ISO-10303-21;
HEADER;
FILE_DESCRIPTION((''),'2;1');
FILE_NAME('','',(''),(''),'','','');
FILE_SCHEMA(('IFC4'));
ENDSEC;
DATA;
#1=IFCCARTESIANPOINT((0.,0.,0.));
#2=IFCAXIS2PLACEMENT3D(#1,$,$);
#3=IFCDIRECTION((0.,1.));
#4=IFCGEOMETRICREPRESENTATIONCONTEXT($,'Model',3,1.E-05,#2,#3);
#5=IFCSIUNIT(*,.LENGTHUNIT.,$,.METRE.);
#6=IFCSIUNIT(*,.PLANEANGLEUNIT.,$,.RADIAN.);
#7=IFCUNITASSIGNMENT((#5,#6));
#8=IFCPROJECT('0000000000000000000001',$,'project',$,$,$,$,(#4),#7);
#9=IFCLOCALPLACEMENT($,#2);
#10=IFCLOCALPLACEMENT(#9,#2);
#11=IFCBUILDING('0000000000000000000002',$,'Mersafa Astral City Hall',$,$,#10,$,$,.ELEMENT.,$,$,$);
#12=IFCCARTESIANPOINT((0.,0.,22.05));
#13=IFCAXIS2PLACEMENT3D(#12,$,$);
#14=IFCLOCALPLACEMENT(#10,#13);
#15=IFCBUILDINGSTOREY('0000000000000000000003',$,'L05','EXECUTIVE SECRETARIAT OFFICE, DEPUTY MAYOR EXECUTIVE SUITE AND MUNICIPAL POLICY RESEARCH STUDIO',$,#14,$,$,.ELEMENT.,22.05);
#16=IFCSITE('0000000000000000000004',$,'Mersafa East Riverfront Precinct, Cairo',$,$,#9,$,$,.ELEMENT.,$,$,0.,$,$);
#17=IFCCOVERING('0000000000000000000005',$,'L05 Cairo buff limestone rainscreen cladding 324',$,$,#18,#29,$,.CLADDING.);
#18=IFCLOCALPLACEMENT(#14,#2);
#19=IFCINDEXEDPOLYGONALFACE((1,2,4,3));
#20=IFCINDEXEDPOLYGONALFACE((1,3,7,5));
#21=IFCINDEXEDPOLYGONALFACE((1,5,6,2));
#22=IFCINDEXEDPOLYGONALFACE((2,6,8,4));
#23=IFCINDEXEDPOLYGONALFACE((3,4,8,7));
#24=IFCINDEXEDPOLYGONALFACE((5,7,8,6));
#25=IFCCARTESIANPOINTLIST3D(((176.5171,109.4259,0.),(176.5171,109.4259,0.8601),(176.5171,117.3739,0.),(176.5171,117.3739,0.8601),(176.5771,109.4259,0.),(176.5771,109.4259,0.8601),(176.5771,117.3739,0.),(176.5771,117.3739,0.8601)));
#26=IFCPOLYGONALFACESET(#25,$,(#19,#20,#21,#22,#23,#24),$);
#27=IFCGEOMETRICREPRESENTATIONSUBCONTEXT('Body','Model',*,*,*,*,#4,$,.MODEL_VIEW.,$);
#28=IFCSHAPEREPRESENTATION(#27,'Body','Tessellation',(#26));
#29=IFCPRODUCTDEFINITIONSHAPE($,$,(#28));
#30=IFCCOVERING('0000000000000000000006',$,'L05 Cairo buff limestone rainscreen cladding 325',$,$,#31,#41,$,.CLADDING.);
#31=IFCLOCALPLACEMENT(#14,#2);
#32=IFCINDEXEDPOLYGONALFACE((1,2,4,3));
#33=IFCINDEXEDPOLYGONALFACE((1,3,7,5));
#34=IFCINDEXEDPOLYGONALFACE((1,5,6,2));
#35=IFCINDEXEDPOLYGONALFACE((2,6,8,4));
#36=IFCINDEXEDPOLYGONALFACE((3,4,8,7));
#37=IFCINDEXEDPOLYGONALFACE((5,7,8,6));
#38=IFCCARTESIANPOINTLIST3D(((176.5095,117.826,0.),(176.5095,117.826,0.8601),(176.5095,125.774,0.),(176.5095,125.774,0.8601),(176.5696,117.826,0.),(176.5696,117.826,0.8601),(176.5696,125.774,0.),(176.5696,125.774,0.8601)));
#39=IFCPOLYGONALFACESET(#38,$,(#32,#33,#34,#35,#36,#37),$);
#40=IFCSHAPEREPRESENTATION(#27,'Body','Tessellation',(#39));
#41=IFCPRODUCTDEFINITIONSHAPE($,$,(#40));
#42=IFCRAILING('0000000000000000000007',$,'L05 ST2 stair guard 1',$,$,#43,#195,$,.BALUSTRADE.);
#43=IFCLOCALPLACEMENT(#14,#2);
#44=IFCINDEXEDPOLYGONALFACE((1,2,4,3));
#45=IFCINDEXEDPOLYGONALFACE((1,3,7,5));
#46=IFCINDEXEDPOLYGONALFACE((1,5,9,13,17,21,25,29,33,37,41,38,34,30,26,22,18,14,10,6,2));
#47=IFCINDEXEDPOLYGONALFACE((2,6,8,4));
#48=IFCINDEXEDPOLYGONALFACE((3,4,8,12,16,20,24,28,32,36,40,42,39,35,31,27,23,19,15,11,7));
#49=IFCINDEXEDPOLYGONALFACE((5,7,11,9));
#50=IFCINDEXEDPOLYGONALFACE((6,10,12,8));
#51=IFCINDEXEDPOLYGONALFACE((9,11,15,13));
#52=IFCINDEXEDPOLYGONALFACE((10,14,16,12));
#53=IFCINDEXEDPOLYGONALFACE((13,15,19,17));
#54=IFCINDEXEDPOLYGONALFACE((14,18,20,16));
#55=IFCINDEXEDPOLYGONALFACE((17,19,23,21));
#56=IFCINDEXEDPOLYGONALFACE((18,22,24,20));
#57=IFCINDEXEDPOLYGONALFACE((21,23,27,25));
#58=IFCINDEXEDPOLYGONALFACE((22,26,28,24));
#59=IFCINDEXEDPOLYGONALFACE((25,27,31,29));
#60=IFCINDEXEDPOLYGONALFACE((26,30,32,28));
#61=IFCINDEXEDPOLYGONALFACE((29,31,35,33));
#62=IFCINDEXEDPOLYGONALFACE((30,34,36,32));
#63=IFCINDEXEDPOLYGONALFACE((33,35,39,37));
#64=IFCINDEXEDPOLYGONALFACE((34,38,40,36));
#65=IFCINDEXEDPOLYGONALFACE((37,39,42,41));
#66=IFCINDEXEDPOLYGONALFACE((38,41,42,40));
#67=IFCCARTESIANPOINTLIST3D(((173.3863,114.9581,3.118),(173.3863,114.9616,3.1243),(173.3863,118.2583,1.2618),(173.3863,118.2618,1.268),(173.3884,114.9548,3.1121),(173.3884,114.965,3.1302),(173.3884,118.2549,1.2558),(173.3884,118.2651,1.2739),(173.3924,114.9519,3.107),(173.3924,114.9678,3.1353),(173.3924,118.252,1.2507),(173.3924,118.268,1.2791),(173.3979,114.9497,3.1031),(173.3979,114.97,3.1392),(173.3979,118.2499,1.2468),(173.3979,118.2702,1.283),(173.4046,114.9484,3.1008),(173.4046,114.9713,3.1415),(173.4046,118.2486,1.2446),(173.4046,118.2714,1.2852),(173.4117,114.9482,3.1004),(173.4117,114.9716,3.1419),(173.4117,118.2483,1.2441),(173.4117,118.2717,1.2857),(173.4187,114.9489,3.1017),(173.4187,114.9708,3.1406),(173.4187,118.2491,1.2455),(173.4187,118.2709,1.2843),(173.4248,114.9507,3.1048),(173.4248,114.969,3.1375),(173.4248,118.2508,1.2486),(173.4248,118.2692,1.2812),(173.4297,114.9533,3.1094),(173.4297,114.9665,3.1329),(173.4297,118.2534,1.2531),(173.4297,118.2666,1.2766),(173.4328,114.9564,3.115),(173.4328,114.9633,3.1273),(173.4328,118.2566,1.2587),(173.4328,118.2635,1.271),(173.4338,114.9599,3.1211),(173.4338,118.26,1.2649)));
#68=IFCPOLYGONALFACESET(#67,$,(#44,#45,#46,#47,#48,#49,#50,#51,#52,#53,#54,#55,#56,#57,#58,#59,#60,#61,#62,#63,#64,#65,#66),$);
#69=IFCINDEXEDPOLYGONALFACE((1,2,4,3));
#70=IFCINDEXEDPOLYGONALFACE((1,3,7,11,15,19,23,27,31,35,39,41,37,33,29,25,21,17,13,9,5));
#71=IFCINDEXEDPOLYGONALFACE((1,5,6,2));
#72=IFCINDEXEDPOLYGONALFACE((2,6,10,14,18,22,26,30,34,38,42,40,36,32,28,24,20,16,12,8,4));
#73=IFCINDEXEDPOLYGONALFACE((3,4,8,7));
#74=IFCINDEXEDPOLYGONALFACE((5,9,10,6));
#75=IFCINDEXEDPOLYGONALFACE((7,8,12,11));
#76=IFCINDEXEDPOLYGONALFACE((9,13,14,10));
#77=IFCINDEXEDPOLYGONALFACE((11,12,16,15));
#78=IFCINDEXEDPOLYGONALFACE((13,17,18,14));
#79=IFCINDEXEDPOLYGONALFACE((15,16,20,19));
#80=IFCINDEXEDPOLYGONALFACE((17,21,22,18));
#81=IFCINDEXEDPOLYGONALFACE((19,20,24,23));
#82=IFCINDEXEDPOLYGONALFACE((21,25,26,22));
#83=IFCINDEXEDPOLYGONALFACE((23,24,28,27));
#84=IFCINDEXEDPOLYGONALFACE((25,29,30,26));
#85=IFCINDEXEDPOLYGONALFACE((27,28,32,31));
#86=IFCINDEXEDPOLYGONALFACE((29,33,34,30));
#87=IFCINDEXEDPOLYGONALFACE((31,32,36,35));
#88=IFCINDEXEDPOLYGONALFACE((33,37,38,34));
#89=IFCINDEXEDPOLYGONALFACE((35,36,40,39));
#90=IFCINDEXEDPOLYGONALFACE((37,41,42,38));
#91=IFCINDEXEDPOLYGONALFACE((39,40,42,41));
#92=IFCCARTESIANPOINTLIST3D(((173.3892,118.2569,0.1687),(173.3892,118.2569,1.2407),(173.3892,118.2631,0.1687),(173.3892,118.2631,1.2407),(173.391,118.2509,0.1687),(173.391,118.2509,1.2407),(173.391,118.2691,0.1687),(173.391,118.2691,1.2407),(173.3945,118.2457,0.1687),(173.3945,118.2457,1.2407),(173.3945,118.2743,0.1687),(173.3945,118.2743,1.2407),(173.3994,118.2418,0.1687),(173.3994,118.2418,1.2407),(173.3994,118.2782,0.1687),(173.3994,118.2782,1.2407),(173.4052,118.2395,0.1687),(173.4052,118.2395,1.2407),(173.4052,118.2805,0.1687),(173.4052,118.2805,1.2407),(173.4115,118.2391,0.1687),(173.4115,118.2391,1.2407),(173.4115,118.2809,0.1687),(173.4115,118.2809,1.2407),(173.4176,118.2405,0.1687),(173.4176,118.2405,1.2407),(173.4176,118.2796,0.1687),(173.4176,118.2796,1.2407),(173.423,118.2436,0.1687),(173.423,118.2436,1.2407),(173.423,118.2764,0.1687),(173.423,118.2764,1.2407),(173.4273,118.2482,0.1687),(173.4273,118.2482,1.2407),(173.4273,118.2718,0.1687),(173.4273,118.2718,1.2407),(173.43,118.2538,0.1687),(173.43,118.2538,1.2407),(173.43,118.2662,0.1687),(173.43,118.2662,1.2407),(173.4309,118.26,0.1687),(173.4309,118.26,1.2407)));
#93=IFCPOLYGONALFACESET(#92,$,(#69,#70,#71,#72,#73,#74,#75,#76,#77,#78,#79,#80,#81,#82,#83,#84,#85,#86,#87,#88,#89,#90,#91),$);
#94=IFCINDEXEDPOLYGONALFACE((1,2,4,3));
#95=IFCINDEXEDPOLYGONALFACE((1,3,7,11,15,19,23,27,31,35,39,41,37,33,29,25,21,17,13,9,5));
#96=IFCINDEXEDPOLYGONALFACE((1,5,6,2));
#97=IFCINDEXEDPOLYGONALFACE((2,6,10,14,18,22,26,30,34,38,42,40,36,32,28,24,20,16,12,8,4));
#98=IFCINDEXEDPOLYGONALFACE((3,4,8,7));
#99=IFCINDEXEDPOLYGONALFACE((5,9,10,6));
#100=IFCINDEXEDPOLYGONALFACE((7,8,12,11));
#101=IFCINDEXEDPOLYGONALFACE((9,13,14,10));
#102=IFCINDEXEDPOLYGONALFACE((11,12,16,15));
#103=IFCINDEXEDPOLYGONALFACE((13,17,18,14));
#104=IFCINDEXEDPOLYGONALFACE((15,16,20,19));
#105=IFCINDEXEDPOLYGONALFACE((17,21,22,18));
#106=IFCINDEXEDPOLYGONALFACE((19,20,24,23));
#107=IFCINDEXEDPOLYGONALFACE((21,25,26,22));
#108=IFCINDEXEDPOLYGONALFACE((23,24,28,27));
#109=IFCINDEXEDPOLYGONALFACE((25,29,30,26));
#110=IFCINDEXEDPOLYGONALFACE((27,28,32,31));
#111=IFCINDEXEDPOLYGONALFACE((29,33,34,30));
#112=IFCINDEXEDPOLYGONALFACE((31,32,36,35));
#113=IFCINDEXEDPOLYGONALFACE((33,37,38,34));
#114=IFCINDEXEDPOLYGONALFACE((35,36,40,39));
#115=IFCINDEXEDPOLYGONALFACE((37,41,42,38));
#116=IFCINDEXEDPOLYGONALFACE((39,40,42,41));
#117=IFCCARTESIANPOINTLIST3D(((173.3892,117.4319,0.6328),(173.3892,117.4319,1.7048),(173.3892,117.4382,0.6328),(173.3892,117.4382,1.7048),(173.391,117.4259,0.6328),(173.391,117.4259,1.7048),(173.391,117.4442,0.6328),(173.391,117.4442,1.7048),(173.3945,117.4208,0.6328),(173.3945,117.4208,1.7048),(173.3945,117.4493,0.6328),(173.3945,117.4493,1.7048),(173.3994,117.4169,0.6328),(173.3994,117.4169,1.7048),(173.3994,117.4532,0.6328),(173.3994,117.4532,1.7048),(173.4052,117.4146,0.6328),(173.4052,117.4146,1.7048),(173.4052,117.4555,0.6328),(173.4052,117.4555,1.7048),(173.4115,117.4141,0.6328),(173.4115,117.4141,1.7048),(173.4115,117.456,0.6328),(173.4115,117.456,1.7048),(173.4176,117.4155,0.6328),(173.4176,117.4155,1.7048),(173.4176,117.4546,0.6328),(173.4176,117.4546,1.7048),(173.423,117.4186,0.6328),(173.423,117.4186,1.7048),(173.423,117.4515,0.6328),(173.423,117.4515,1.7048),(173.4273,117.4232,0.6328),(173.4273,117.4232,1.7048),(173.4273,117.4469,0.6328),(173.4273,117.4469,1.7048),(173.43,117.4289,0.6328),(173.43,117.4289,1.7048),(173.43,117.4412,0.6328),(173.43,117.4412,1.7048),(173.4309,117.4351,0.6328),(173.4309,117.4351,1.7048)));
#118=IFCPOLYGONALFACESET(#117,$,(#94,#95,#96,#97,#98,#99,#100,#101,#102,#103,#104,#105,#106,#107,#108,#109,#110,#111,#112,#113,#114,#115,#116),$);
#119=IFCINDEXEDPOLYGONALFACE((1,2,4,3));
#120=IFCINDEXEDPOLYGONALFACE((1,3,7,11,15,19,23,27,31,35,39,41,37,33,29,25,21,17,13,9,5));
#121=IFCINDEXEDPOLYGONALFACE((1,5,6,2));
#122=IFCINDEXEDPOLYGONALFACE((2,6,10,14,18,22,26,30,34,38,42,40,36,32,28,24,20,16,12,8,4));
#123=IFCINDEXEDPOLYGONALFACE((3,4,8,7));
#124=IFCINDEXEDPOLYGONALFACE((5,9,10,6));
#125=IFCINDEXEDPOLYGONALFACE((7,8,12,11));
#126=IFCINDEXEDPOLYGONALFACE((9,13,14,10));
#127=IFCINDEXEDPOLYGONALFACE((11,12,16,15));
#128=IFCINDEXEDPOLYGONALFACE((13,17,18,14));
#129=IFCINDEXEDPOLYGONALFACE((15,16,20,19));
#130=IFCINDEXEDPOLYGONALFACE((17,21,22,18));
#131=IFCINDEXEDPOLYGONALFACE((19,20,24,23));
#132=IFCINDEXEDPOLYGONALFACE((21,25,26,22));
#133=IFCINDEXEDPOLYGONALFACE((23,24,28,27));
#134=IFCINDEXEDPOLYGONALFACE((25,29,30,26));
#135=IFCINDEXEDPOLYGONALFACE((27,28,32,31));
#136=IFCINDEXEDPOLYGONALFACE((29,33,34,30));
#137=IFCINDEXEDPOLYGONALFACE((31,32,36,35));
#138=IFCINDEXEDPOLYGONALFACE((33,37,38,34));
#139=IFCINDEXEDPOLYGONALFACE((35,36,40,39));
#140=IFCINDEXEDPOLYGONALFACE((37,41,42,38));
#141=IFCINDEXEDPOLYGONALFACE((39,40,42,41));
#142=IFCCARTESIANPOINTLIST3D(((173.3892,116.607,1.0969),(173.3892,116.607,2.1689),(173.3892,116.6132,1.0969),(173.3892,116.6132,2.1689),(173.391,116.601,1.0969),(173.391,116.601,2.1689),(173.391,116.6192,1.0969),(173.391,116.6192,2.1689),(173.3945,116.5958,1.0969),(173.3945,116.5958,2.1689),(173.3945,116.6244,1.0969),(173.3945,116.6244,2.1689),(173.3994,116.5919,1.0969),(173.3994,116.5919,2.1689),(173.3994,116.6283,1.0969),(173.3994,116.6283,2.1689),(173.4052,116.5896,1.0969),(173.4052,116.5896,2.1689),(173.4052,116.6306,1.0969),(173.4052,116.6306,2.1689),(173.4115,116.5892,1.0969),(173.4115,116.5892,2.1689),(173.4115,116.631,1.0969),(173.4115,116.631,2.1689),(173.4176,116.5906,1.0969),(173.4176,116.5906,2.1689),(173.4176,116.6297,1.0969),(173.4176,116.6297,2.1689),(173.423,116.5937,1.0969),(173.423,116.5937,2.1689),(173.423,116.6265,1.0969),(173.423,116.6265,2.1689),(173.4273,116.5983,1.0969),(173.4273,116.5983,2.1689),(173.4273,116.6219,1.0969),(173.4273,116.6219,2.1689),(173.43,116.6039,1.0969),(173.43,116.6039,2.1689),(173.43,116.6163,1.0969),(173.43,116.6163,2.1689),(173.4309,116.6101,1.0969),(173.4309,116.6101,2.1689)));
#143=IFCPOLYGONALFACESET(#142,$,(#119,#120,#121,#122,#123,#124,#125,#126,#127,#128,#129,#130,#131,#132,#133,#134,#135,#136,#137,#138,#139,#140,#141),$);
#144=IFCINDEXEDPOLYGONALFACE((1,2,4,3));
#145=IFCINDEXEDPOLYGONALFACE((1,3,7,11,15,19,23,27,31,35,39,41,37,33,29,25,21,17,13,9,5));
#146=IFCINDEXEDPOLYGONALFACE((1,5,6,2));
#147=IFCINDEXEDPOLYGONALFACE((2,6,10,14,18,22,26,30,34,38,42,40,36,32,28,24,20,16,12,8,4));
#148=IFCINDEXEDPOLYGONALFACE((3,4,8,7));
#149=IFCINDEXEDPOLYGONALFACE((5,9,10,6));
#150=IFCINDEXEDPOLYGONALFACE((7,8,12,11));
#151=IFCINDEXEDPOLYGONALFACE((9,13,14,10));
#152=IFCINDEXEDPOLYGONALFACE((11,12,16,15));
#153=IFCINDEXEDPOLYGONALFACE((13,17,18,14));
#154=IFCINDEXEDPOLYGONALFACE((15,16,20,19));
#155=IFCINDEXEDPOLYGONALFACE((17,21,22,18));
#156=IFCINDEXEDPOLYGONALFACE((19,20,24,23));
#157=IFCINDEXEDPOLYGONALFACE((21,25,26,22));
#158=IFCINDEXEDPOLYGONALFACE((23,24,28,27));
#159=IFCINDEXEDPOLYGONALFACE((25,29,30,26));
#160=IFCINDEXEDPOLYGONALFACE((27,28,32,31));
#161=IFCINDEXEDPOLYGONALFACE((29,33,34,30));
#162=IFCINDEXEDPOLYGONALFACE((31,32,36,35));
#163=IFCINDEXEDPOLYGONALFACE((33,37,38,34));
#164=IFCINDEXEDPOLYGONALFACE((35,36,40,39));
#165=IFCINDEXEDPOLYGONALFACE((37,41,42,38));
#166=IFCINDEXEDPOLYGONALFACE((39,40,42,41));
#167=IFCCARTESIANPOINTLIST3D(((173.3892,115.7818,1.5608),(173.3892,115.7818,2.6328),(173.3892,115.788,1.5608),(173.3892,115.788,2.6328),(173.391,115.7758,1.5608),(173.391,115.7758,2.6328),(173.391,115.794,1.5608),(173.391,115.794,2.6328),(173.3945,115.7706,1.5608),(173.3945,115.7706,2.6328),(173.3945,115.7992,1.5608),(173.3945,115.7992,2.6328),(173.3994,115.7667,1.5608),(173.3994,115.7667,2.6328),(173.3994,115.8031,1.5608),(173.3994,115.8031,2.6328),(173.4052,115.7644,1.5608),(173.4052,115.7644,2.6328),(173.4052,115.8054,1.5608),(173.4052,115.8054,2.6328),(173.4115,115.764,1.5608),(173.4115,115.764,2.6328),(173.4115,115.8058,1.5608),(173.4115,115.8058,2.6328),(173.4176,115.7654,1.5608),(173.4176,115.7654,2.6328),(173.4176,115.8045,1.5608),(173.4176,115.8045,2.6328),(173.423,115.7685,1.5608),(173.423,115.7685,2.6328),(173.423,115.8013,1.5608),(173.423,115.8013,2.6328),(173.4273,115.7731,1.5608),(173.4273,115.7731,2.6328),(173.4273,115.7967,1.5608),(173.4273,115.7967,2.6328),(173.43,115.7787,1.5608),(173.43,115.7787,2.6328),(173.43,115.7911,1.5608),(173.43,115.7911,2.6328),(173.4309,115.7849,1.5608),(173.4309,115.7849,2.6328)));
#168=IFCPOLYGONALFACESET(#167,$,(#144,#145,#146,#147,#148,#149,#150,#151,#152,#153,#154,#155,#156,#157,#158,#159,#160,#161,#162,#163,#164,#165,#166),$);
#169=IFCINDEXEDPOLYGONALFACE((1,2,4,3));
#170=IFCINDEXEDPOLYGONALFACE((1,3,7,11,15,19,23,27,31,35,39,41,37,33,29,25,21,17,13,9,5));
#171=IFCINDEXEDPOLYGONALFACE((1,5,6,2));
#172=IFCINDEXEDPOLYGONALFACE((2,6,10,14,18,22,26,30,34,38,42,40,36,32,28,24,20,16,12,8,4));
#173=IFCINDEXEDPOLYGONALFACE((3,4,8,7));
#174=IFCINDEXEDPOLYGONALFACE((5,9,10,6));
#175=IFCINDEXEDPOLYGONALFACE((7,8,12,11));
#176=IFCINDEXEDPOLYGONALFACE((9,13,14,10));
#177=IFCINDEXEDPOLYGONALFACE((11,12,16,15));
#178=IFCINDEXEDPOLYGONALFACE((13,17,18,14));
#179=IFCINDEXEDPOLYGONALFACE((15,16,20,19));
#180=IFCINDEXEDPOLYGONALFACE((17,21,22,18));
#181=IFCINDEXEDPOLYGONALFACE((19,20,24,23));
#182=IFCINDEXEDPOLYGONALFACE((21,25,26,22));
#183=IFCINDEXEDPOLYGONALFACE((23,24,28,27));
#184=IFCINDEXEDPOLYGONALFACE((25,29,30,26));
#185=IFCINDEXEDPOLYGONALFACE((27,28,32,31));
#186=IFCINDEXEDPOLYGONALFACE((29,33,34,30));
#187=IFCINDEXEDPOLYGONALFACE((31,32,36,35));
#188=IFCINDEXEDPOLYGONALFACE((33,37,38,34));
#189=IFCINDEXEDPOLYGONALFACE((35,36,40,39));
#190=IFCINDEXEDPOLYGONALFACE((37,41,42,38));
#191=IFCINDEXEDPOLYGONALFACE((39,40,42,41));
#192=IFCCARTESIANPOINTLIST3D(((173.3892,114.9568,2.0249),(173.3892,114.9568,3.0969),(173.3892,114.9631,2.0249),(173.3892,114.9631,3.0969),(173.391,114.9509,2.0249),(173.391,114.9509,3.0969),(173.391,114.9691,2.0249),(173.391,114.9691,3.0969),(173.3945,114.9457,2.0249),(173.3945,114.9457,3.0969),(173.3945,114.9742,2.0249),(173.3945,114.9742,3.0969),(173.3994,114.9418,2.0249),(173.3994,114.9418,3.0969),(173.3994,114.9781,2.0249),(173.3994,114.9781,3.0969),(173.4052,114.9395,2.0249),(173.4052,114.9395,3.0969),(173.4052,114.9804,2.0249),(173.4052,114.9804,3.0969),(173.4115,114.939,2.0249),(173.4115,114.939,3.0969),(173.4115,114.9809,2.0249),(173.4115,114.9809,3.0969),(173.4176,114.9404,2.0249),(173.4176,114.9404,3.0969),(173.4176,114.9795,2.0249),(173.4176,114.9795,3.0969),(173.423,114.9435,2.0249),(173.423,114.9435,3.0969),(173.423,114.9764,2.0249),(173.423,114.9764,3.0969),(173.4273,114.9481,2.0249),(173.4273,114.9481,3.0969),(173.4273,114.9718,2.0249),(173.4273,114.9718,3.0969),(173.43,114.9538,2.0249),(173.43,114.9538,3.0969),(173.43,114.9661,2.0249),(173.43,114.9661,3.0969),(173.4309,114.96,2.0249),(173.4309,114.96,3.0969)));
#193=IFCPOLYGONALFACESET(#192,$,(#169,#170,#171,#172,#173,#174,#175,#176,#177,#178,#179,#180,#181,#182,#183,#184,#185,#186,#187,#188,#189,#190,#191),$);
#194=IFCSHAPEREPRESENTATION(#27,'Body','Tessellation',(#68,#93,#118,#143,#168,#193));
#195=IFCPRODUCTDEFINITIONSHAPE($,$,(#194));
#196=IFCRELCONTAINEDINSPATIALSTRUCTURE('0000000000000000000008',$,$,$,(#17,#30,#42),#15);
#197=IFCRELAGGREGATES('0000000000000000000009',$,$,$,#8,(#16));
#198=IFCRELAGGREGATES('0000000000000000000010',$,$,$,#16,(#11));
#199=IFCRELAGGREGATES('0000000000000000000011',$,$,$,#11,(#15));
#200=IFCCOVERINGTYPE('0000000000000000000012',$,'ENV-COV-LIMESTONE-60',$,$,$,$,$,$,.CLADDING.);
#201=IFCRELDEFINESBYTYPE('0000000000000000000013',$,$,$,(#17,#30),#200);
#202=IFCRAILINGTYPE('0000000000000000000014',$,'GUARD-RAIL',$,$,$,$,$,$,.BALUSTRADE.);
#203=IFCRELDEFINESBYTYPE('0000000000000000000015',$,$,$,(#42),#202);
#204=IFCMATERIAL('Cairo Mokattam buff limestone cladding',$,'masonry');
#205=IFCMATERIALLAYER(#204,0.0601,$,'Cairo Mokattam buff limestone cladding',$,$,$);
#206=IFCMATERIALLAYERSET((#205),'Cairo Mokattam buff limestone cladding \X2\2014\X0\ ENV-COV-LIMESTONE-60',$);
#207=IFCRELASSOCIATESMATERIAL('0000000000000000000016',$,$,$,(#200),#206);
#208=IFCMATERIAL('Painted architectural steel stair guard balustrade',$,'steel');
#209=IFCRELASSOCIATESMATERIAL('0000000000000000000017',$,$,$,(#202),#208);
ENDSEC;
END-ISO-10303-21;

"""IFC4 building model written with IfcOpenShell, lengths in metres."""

from ifc_helpers import new_model, si_unit, direction, frame, origin, origin_2d, place, context, subcontext, project, spatial, rectangle, circle, extrude, material, layer, layer_set, type_object, element, save


model = new_model("IFC4")

# Units and contexts
model_context = context("Model", 3, precision=1e-05, world=origin(), true_north=direction((0.0, 1.0)))
body_context = subcontext(model_context, "Body", "Model", "MODEL_VIEW")
ifc_project = project(units=[si_unit("LENGTHUNIT", "METRE"), si_unit("PLANEANGLEUNIT", "RADIAN")], contexts=[model_context])

# Site, building, storey
site_placement = place(None, origin())
site = spatial("IfcSite", under=ifc_project, at=site_placement, Name="Mersafa East Riverfront Precinct, Cairo", CompositionType="ELEMENT", RefElevation=0.0)
building_placement = place(site_placement, origin())
building = spatial("IfcBuilding", under=site, at=building_placement, Name="Mersafa Astral City Hall", CompositionType="ELEMENT")
storey_placement = place(building_placement, frame((0.0, 0.0, 22.05)))
storey = spatial("IfcBuildingStorey", under=building, at=storey_placement, Name="L05", Description="EXECUTIVE SECRETARIAT OFFICE, DEPUTY MAYOR EXECUTIVE SUITE AND MUNICIPAL POLICY RESEARCH STUDIO", CompositionType="ELEMENT", Elevation=22.05)

# Coverings
ifc_material_1 = material(Name="Cairo Mokattam buff limestone cladding", Category="masonry")
ifc_layer_1 = layer(ifc_material_1, 0.0601, Name="Cairo Mokattam buff limestone cladding")
ifc_layer_set_1 = layer_set([ifc_layer_1], Name="Cairo Mokattam buff limestone cladding — ENV-COV-LIMESTONE-60")
covering_type = type_object("IfcCoveringType", Name="ENV-COV-LIMESTONE-60", PredefinedType="CLADDING", material=ifc_layer_set_1)
for number, where, z_axis, x_axis, name in (
    (1, (176.5471, 113.3999, 0.0), (0.0, 0.0, 1.0), (0.0, 1.0, 0.0), "L05 Cairo buff limestone rainscreen cladding 324"),
    (2, (176.5396, 121.8, 0.0), (0.0, 0.0, 1.0), (0.0, 1.0, 0.0), "L05 Cairo buff limestone rainscreen cladding 325"),
):
    element("IfcCovering", number, at=place(storey_placement, frame(where, z_axis=z_axis, x_axis=x_axis)), inside=storey, type_object=covering_type, Name=name, PredefinedType="CLADDING", context=body_context, shape_type="SweptSolid", body=[
        extrude(rectangle(XDim=7.948, YDim=0.0601, at=origin_2d()), origin(), (0.0, 0.0, 1.0), 0.8601),
    ])

# Railing
ifc_material_2 = material(Name="Painted architectural steel stair guard balustrade", Category="steel")
railing_type_1 = type_object("IfcRailingType", Name="GUARD-RAIL", PredefinedType="BALUSTRADE", material=ifc_material_2)
railing_1_placement = place(storey_placement, frame((173.4099, 118.26, 0.1687)))
element("IfcRailing", 3, at=railing_1_placement, inside=storey, type_object=railing_type_1, Name="L05 ST2 stair guard 1", PredefinedType="BALUSTRADE", context=body_context, shape_type="SweptSolid", body=[
    extrude(circle(Radius=0.0239, at=origin_2d()), frame((0.0, 0.0, 1.0962), z_axis=(0.0, -0.871584, 0.490246), x_axis=(1.0, 0.0, 0.0)), (0.0, 0.0, 1.0), 3.7864),
    extrude(circle(Radius=0.021, at=origin_2d()), origin(), (0.0, 0.0, 1.0), 1.072),
    extrude(circle(Radius=0.021, at=origin_2d()), frame((0.0, -0.825, 0.4641)), (0.0, 0.0, 1.0), 1.072),
    extrude(circle(Radius=0.021, at=origin_2d()), frame((0.0, -1.6499, 0.9282)), (0.0, 0.0, 1.0), 1.072),
    extrude(circle(Radius=0.021, at=origin_2d()), frame((0.0, -2.4751, 1.3921)), (0.0, 0.0, 1.0), 1.072),
    extrude(circle(Radius=0.021, at=origin_2d()), frame((0.0, -3.3, 1.8562)), (0.0, 0.0, 1.0), 1.072),
])

save(model, "model.ifc")
